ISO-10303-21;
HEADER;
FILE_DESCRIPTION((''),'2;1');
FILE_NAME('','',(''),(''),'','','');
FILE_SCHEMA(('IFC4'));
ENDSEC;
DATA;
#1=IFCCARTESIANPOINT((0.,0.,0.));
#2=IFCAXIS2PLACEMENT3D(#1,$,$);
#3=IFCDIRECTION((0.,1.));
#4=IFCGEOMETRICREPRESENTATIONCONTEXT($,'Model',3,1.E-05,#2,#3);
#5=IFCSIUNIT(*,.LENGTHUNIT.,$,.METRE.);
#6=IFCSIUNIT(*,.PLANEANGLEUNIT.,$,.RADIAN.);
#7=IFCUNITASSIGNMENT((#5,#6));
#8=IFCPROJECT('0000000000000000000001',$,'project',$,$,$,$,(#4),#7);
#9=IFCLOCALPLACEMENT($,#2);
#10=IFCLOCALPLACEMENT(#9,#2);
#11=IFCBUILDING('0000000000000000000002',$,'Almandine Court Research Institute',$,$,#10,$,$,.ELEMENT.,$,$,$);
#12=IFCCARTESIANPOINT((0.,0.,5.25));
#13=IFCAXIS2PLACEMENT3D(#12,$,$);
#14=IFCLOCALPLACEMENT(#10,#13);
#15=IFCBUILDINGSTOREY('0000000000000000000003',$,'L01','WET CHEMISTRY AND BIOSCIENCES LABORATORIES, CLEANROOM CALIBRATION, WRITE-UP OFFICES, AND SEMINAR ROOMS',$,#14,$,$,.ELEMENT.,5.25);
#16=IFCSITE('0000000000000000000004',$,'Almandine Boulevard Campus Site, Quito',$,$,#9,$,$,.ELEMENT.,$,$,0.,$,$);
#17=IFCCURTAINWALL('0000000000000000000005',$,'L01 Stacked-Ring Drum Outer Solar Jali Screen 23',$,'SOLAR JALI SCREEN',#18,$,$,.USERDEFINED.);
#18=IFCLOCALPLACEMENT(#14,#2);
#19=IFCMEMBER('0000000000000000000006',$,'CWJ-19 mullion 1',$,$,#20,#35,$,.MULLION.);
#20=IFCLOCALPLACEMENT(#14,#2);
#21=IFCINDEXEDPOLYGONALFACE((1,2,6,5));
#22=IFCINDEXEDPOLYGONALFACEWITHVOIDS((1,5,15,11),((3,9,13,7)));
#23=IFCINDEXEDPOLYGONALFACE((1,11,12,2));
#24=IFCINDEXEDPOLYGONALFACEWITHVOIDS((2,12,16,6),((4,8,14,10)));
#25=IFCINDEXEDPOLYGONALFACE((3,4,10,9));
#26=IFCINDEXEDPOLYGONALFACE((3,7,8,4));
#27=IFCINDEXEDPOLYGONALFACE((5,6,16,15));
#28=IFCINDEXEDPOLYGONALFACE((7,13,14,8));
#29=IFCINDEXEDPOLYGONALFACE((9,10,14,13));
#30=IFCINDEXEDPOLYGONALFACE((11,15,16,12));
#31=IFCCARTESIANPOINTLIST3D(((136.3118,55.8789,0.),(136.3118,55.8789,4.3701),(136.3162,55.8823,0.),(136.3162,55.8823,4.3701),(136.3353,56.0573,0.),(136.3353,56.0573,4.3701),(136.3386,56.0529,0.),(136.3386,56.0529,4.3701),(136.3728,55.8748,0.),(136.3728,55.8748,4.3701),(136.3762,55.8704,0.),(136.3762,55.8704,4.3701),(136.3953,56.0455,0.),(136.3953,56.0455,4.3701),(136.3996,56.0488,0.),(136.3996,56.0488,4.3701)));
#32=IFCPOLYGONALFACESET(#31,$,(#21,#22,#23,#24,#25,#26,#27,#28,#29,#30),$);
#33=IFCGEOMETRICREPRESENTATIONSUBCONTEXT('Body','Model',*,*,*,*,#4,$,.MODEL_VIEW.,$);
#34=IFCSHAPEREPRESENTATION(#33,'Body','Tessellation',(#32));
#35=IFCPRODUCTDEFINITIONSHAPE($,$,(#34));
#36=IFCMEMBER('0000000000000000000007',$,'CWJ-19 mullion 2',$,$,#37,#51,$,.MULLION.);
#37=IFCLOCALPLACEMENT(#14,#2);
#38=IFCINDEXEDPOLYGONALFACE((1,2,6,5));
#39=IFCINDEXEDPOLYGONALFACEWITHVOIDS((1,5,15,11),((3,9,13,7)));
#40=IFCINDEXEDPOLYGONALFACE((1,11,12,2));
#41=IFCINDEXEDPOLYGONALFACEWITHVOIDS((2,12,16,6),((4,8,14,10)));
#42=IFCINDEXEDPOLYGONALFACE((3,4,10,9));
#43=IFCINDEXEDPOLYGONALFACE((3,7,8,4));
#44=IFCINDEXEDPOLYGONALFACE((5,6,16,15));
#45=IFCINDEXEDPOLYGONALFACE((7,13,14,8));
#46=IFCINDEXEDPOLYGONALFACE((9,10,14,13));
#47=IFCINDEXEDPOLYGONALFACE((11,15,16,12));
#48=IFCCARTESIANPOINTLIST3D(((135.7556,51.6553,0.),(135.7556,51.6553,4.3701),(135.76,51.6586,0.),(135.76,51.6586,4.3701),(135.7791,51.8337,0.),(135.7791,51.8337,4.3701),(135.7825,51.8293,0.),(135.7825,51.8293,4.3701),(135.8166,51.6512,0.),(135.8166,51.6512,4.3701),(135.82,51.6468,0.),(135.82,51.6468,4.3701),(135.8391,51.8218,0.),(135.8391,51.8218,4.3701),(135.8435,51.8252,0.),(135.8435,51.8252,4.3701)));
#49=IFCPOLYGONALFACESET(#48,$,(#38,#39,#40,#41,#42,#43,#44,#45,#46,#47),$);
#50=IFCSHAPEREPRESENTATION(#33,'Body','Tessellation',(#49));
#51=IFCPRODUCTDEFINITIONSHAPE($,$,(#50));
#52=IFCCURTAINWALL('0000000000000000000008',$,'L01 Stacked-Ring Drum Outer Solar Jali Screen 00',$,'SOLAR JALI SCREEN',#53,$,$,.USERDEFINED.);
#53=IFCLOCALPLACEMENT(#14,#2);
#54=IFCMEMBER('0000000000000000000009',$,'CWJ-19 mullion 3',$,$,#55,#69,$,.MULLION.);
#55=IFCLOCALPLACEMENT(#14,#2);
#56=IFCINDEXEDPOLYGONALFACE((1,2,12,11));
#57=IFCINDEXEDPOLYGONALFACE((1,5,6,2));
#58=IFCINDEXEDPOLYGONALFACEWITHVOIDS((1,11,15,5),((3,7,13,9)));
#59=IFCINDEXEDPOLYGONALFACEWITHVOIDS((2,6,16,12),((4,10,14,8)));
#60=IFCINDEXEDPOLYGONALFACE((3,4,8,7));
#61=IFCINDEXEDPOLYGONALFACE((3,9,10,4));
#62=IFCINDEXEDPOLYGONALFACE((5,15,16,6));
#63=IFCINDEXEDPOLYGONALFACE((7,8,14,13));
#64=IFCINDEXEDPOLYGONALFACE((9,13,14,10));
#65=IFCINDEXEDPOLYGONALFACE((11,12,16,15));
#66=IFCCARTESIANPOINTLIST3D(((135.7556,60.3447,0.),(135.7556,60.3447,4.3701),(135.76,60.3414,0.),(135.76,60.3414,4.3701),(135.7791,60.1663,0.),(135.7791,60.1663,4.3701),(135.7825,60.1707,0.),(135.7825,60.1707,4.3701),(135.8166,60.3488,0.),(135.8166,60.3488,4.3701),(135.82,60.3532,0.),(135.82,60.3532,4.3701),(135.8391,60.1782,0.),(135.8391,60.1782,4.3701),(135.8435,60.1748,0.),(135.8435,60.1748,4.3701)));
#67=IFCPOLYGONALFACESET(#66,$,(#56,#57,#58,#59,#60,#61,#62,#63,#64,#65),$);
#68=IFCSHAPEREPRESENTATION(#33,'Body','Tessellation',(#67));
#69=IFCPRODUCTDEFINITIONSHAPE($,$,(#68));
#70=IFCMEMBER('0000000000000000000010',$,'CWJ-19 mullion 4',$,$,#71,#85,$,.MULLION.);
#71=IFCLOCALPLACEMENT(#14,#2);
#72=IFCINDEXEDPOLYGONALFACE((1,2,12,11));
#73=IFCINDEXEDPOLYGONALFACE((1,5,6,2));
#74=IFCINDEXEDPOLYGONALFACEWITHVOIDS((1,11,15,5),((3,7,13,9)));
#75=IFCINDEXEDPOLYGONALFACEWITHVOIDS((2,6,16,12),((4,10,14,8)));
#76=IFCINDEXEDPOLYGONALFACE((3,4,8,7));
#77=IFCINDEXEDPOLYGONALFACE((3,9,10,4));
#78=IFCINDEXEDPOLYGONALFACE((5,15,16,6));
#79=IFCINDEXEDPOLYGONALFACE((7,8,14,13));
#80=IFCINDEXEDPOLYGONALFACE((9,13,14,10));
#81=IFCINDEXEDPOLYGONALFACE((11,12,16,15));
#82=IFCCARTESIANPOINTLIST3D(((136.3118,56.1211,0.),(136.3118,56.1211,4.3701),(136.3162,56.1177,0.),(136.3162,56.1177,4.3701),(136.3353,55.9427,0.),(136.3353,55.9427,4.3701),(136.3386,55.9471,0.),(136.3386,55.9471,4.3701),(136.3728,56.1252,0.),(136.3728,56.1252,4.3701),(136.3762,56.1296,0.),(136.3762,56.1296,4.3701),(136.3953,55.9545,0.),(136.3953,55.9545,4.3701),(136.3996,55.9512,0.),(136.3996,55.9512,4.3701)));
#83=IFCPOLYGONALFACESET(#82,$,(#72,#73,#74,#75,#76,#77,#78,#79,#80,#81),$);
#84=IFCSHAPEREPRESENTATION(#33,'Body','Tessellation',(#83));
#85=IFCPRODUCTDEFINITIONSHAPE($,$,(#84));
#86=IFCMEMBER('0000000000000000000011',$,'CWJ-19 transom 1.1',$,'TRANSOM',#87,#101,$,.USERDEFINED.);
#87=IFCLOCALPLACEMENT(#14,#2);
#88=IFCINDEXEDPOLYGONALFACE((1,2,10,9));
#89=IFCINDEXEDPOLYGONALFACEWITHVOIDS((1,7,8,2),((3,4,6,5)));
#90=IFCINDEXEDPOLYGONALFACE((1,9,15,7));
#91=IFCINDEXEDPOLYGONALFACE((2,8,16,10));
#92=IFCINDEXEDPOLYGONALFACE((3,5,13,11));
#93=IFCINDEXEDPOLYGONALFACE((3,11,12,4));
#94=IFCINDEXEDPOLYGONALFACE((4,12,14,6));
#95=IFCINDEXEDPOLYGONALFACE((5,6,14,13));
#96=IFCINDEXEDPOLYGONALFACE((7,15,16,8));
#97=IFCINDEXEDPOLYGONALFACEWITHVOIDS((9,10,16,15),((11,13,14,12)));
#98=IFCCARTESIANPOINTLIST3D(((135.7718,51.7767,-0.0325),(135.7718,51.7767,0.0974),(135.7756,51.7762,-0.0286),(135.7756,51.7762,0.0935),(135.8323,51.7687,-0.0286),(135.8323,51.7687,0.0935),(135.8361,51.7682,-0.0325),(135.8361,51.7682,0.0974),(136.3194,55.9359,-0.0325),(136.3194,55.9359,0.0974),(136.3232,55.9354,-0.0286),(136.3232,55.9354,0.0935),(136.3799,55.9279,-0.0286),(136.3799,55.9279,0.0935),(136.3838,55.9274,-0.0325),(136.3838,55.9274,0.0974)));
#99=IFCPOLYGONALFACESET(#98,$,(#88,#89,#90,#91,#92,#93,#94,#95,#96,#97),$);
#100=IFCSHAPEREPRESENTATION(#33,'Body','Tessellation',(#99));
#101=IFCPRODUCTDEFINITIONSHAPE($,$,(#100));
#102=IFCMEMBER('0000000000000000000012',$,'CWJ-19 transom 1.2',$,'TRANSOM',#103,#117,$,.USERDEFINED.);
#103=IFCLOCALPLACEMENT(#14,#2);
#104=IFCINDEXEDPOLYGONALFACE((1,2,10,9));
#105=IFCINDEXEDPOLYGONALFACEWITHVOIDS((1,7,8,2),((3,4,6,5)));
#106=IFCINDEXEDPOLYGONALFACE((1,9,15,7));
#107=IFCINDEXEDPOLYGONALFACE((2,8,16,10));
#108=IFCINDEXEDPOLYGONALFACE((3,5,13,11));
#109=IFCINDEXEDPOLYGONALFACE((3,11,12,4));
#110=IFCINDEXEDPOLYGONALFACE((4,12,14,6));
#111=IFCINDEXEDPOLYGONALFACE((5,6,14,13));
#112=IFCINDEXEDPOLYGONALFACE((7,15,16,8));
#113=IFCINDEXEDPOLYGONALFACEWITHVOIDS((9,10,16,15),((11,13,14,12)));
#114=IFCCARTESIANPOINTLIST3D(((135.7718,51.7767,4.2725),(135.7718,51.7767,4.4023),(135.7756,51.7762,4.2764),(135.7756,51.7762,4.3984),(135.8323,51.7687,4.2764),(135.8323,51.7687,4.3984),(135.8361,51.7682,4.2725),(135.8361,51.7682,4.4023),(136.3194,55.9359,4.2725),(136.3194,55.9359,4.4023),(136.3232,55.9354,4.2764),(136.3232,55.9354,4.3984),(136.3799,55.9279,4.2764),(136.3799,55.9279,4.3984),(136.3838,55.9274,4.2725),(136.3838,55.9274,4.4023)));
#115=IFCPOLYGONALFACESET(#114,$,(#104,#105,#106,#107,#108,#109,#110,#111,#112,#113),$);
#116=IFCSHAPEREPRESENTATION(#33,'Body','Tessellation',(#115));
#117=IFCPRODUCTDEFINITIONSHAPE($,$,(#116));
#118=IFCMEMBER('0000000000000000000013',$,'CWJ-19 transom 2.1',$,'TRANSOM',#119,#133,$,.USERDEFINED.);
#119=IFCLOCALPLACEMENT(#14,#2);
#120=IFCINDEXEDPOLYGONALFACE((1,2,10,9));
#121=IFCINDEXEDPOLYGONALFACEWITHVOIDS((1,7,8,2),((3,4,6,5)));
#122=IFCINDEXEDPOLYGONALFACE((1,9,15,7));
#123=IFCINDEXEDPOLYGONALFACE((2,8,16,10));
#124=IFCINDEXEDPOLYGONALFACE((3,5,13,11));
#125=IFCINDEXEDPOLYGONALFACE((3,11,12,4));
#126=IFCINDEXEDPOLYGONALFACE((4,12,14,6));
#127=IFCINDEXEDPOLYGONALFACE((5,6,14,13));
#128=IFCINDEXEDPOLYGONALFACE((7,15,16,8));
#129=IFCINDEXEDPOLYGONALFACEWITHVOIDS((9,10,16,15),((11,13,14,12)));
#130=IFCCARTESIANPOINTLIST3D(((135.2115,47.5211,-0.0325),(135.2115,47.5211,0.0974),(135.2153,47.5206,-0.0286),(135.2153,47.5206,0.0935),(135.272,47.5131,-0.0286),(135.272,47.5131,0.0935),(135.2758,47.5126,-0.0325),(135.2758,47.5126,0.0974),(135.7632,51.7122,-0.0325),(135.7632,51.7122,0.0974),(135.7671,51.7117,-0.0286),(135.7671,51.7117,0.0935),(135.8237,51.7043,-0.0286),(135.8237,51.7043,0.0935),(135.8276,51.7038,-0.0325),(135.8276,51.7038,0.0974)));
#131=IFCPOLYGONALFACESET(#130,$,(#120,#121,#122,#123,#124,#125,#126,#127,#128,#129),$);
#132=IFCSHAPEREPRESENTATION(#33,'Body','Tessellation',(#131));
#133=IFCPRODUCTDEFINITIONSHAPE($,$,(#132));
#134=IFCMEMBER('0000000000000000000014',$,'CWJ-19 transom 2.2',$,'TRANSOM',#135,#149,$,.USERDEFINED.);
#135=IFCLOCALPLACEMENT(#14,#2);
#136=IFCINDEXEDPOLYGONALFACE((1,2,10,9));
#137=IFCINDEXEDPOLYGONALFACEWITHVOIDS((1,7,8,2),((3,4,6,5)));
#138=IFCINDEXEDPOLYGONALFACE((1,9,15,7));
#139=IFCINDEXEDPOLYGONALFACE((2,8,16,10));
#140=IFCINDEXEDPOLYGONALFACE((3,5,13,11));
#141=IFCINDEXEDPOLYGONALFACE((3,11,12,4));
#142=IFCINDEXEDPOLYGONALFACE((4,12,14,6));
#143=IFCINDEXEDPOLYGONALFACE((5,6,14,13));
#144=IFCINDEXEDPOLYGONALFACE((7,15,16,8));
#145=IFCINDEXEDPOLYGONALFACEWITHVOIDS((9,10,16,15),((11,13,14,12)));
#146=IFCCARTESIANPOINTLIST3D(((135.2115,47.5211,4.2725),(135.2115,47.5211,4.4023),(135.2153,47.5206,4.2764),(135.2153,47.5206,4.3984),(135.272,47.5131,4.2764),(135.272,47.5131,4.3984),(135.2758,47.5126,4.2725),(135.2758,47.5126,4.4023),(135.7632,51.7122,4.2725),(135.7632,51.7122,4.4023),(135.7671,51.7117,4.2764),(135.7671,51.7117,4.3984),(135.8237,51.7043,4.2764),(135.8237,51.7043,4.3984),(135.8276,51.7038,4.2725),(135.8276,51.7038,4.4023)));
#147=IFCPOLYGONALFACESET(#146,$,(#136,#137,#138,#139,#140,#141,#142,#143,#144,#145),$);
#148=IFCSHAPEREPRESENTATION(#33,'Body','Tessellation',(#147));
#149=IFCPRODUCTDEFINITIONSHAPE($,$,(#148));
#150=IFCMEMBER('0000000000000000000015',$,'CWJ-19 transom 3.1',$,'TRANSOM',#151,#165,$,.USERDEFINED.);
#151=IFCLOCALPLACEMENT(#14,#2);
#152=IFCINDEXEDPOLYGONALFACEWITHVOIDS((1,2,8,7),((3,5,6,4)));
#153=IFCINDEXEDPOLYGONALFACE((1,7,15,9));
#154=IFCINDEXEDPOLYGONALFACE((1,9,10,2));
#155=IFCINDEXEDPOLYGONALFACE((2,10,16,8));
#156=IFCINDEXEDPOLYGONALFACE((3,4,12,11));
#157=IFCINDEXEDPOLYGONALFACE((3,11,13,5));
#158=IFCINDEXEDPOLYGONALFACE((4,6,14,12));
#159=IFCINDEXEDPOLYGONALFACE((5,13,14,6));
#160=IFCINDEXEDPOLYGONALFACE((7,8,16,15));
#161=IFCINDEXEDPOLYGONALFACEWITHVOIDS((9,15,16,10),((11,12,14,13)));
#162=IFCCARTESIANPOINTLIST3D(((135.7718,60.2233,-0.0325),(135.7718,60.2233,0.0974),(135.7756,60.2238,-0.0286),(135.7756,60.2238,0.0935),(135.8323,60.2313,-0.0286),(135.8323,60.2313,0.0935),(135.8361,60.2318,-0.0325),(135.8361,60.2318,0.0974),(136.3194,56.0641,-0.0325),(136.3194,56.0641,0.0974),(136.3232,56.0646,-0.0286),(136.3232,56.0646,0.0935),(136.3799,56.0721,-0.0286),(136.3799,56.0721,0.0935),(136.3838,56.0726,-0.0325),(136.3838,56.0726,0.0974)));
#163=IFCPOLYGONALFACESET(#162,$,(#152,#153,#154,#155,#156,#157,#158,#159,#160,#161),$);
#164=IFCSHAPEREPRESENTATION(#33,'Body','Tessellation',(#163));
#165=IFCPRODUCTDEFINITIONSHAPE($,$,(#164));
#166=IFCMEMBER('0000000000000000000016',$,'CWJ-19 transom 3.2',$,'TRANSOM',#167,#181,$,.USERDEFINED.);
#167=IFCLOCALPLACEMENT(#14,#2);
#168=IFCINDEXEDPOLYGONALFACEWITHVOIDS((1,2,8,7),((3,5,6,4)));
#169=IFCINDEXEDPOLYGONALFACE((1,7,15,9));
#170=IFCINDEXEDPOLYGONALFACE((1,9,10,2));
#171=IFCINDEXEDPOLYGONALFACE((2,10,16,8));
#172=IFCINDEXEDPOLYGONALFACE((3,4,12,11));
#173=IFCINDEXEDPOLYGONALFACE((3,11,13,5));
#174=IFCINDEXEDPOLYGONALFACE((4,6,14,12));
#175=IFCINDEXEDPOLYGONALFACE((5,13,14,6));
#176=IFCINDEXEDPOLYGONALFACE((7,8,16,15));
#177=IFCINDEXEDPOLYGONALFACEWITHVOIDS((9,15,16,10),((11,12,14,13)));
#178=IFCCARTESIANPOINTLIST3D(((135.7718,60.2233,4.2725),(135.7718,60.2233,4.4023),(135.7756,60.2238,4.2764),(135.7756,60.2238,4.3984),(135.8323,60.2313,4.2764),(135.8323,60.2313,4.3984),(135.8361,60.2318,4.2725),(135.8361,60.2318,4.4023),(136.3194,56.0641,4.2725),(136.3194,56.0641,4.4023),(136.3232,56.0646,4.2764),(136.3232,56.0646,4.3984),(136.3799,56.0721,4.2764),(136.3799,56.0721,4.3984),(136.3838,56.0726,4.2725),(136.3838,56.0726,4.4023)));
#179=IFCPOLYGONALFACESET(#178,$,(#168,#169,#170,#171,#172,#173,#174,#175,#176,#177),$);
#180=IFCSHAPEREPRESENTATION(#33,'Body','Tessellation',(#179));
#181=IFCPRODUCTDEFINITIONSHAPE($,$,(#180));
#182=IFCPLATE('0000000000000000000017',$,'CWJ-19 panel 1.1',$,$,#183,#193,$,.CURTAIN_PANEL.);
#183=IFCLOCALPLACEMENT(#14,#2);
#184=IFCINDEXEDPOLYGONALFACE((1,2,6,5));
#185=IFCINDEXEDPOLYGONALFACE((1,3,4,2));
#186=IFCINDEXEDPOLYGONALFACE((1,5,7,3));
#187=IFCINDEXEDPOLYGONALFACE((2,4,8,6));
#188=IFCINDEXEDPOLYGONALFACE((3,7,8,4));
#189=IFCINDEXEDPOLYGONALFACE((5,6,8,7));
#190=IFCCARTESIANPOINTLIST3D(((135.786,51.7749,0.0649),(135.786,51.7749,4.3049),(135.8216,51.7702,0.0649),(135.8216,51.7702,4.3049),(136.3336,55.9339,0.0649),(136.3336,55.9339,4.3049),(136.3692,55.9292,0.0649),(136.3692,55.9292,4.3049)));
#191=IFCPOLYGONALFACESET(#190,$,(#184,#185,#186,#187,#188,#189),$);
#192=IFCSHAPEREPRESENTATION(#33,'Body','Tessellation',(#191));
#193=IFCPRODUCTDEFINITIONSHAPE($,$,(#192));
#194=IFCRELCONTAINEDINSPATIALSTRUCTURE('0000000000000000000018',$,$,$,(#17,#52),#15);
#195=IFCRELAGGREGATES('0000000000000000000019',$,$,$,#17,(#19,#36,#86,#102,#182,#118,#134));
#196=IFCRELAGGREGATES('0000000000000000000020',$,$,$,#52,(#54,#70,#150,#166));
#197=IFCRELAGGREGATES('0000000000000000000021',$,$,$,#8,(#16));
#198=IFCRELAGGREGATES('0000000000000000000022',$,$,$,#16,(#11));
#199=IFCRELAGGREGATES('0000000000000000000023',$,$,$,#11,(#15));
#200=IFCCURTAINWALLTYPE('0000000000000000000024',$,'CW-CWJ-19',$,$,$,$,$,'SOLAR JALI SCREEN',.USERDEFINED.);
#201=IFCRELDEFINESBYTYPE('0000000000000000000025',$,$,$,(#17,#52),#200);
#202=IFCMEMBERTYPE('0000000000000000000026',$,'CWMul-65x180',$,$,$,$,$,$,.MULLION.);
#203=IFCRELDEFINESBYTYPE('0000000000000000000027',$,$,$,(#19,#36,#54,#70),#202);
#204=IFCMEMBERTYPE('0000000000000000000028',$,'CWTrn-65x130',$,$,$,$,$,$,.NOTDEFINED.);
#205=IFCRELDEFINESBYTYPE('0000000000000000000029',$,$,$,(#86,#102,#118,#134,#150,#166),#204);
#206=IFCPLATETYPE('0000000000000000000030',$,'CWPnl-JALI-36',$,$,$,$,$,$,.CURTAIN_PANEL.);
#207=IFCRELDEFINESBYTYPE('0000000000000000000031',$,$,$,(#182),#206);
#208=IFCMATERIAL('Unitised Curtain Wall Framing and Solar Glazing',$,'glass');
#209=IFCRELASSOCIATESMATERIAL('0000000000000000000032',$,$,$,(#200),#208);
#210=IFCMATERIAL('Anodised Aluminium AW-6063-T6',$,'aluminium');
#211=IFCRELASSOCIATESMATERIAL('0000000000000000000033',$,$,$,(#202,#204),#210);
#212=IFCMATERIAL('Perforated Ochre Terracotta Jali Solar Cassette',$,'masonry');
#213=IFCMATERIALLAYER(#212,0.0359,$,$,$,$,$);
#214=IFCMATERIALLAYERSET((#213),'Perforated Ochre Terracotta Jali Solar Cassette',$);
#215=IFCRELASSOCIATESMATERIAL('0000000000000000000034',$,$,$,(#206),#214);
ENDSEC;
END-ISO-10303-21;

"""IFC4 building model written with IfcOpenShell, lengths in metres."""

from ifc_helpers import new_model, si_unit, direction, frame, origin, origin_2d, place, context, subcontext, project, spatial, rectangle, hollow_rectangle, extrude, material, layer, layer_set, material_profile, profile_set, type_object, element, aggregate, save


model = new_model("IFC4")

# Units and contexts
model_context = context("Model", 3, precision=1e-05, world=origin(), true_north=direction((0.0, 1.0)))
body_context = subcontext(model_context, "Body", "Model", "MODEL_VIEW")
ifc_project = project(units=[si_unit("LENGTHUNIT", "METRE"), si_unit("PLANEANGLEUNIT", "RADIAN")], contexts=[model_context])

# Site, building, storey
site_placement = place(None, origin())
site = spatial("IfcSite", under=ifc_project, at=site_placement, Name="Almandine Boulevard Campus Site, Quito", CompositionType="ELEMENT", RefElevation=0.0)
building_placement = place(site_placement, origin())
building = spatial("IfcBuilding", under=site, at=building_placement, Name="Almandine Court Research Institute", CompositionType="ELEMENT")
storey_placement = place(building_placement, frame((0.0, 0.0, 5.25)))
storey = spatial("IfcBuildingStorey", under=building, at=storey_placement, Name="L01", Description="WET CHEMISTRY AND BIOSCIENCES LABORATORIES, CLEANROOM CALIBRATION, WRITE-UP OFFICES, AND SEMINAR ROOMS", CompositionType="ELEMENT", Elevation=5.25)

# Curtain walls, members
ifc_material_1 = material(Name="Unitised Curtain Wall Framing and Solar Glazing", Category="glass")
curtain_wall_type = type_object("IfcCurtainWallType", Name="CW-CWJ-19", ElementType="SOLAR JALI SCREEN", PredefinedType="USERDEFINED", material=ifc_material_1)
curtain_wall_1_placement = place(storey_placement, origin())
curtain_wall_1 = element("IfcCurtainWall", 1, at=curtain_wall_1_placement, inside=storey, type_object=curtain_wall_type, Name="L01 Stacked-Ring Drum Outer Solar Jali Screen 23", ObjectType="SOLAR JALI SCREEN", PredefinedType="USERDEFINED")
ifc_material_2 = material(Name="Anodised Aluminium AW-6063-T6", Category="aluminium")
ifc_material_profile_1 = material_profile(ifc_material_2, hollow_rectangle(XDim=0.0649, YDim=0.1799, WallThickness=0.0039, at=origin_2d()), Name="ALU RHS 65x180x4")
ifc_profile_set_1 = profile_set([ifc_material_profile_1], Name="Anodised Aluminium AW-6063-T6")
member_type_1 = type_object("IfcMemberType", Name="CWMul-65x180", PredefinedType="MULLION", material=ifc_profile_set_1)
member_1_placement = place(storey_placement, frame((136.3557, 55.9639, 0.0), z_axis=(0.0, 0.0, 1.0), x_axis=(0.991443, -0.130541, 0.0)))
member_1 = element("IfcMember", 2, at=member_1_placement, type_object=member_type_1, Name="CWJ-19 mullion 1", PredefinedType="MULLION", context=body_context, shape_type="SweptSolid", body=[
    extrude(hollow_rectangle(XDim=0.0649, YDim=0.1799, WallThickness=0.0039, at=origin_2d()), origin(), (0.0, 0.0, 1.0), 4.3701),
])
member_2_placement = place(storey_placement, frame((135.7996, 51.7402, 0.0), z_axis=(0.0, 0.0, 1.0), x_axis=(0.991443, -0.130541, 0.0)))
member_2 = element("IfcMember", 3, at=member_2_placement, type_object=member_type_1, Name="CWJ-19 mullion 2", PredefinedType="MULLION", context=body_context, shape_type="SweptSolid", body=[
    extrude(hollow_rectangle(XDim=0.0649, YDim=0.1799, WallThickness=0.0039, at=origin_2d()), origin(), (0.0, 0.0, 1.0), 4.3701),
])
curtain_wall_2_placement = place(storey_placement, origin())
curtain_wall_2 = element("IfcCurtainWall", 4, at=curtain_wall_2_placement, inside=storey, type_object=curtain_wall_type, Name="L01 Stacked-Ring Drum Outer Solar Jali Screen 00", ObjectType="SOLAR JALI SCREEN", PredefinedType="USERDEFINED")
member_3_placement = place(storey_placement, frame((135.7996, 60.2598, 0.0), z_axis=(0.0, 0.0, 1.0), x_axis=(0.991443, 0.130541, 0.0)))
member_3 = element("IfcMember", 5, at=member_3_placement, type_object=member_type_1, Name="CWJ-19 mullion 3", PredefinedType="MULLION", context=body_context, shape_type="SweptSolid", body=[
    extrude(hollow_rectangle(XDim=0.0649, YDim=0.1799, WallThickness=0.0039, at=origin_2d()), origin(), (0.0, 0.0, 1.0), 4.3701),
])
member_4_placement = place(storey_placement, frame((136.3557, 56.0361, 0.0), z_axis=(0.0, 0.0, 1.0), x_axis=(0.991443, 0.130541, 0.0)))
member_4 = element("IfcMember", 6, at=member_4_placement, type_object=member_type_1, Name="CWJ-19 mullion 4", PredefinedType="MULLION", context=body_context, shape_type="SweptSolid", body=[
    extrude(hollow_rectangle(XDim=0.0649, YDim=0.1799, WallThickness=0.0039, at=origin_2d()), origin(), (0.0, 0.0, 1.0), 4.3701),
])

# Members
ifc_material_profile_2 = material_profile(ifc_material_2, hollow_rectangle(XDim=0.0649, YDim=0.1299, WallThickness=0.0039, at=origin_2d()), Name="ALU RHS 65x130x4")
ifc_profile_set_2 = profile_set([ifc_material_profile_2], Name="Anodised Aluminium AW-6063-T6")
member_type_2 = type_object("IfcMemberType", Name="CWTrn-65x130", PredefinedType="NOTDEFINED", material=ifc_profile_set_2)
member_5_placement = place(storey_placement, frame((136.3516, 55.9316, 0.0325), z_axis=(-0.130536, -0.991444, 0.0), x_axis=(0.991444, -0.130536, 0.0)))
member_5 = element("IfcMember", 7, at=member_5_placement, type_object=member_type_2, Name="CWJ-19 transom 1.1", ObjectType="TRANSOM", PredefinedType="USERDEFINED", context=body_context, shape_type="SweptSolid", body=[
    extrude(hollow_rectangle(XDim=0.0649, YDim=0.1299, WallThickness=0.0039, at=origin_2d()), origin(), (0.0, 0.0, 1.0), 4.1951),
])
member_6_placement = place(storey_placement, frame((136.3516, 55.9316, 4.3374), z_axis=(-0.130536, -0.991444, 0.0), x_axis=(0.991444, -0.130536, 0.0)))
member_6 = element("IfcMember", 8, at=member_6_placement, type_object=member_type_2, Name="CWJ-19 transom 1.2", ObjectType="TRANSOM", PredefinedType="USERDEFINED", context=body_context, shape_type="SweptSolid", body=[
    extrude(hollow_rectangle(XDim=0.0649, YDim=0.1299, WallThickness=0.0039, at=origin_2d()), origin(), (0.0, 0.0, 1.0), 4.1951),
])
member_7_placement = place(storey_placement, frame((135.7954, 51.708, 0.0325), z_axis=(-0.130522, -0.991445, 0.0), x_axis=(0.991445, -0.130522, 0.0)))
member_7 = element("IfcMember", 9, at=member_7_placement, type_object=member_type_2, Name="CWJ-19 transom 2.1", ObjectType="TRANSOM", PredefinedType="USERDEFINED", context=body_context, shape_type="SweptSolid", body=[
    extrude(hollow_rectangle(XDim=0.0649, YDim=0.1299, WallThickness=0.0039, at=origin_2d()), origin(), (0.0, 0.0, 1.0), 4.2273),
])
member_8_placement = place(storey_placement, frame((135.7954, 51.708, 4.3374), z_axis=(-0.130522, -0.991445, 0.0), x_axis=(0.991445, -0.130522, 0.0)))
member_8 = element("IfcMember", 10, at=member_8_placement, type_object=member_type_2, Name="CWJ-19 transom 2.2", ObjectType="TRANSOM", PredefinedType="USERDEFINED", context=body_context, shape_type="SweptSolid", body=[
    extrude(hollow_rectangle(XDim=0.0649, YDim=0.1299, WallThickness=0.0039, at=origin_2d()), origin(), (0.0, 0.0, 1.0), 4.2273),
])
member_9_placement = place(storey_placement, frame((135.804, 60.2275, 0.0325), z_axis=(0.130536, -0.991444, 0.0), x_axis=(0.991444, 0.130536, 0.0)))
member_9 = element("IfcMember", 11, at=member_9_placement, type_object=member_type_2, Name="CWJ-19 transom 3.1", ObjectType="TRANSOM", PredefinedType="USERDEFINED", context=body_context, shape_type="SweptSolid", body=[
    extrude(hollow_rectangle(XDim=0.0649, YDim=0.1299, WallThickness=0.0039, at=origin_2d()), origin(), (0.0, 0.0, 1.0), 4.1951),
])
member_10_placement = place(storey_placement, frame((135.804, 60.2275, 4.3374), z_axis=(0.130536, -0.991444, 0.0), x_axis=(0.991444, 0.130536, 0.0)))
member_10 = element("IfcMember", 12, at=member_10_placement, type_object=member_type_2, Name="CWJ-19 transom 3.2", ObjectType="TRANSOM", PredefinedType="USERDEFINED", context=body_context, shape_type="SweptSolid", body=[
    extrude(hollow_rectangle(XDim=0.0649, YDim=0.1299, WallThickness=0.0039, at=origin_2d()), origin(), (0.0, 0.0, 1.0), 4.1951),
])

# Plate
ifc_material_3 = material(Name="Perforated Ochre Terracotta Jali Solar Cassette", Category="masonry")
ifc_layer_1 = layer(ifc_material_3, 0.0359)
ifc_layer_set_1 = layer_set([ifc_layer_1], Name="Perforated Ochre Terracotta Jali Solar Cassette")
plate_type = type_object("IfcPlateType", Name="CWPnl-JALI-36", PredefinedType="CURTAIN_PANEL", material=ifc_layer_set_1)
plate_1_placement = place(storey_placement, frame((136.0776, 53.8521, 0.0649), z_axis=(0.0, 0.0, 1.0), x_axis=(-0.130541, -0.991443, 0.0)))
plate_1 = element("IfcPlate", 13, at=plate_1_placement, type_object=plate_type, Name="CWJ-19 panel 1.1", PredefinedType="CURTAIN_PANEL", context=body_context, shape_type="SweptSolid", body=[
    extrude(rectangle(XDim=4.1948, YDim=0.0359, at=origin_2d()), origin(), (0.0, 0.0, 1.0), 4.24),
])
aggregate(curtain_wall_1, [member_1, member_2, member_5, member_6, plate_1, member_7, member_8])
aggregate(curtain_wall_2, [member_3, member_4, member_9, member_10])

save(model, "model.ifc")
